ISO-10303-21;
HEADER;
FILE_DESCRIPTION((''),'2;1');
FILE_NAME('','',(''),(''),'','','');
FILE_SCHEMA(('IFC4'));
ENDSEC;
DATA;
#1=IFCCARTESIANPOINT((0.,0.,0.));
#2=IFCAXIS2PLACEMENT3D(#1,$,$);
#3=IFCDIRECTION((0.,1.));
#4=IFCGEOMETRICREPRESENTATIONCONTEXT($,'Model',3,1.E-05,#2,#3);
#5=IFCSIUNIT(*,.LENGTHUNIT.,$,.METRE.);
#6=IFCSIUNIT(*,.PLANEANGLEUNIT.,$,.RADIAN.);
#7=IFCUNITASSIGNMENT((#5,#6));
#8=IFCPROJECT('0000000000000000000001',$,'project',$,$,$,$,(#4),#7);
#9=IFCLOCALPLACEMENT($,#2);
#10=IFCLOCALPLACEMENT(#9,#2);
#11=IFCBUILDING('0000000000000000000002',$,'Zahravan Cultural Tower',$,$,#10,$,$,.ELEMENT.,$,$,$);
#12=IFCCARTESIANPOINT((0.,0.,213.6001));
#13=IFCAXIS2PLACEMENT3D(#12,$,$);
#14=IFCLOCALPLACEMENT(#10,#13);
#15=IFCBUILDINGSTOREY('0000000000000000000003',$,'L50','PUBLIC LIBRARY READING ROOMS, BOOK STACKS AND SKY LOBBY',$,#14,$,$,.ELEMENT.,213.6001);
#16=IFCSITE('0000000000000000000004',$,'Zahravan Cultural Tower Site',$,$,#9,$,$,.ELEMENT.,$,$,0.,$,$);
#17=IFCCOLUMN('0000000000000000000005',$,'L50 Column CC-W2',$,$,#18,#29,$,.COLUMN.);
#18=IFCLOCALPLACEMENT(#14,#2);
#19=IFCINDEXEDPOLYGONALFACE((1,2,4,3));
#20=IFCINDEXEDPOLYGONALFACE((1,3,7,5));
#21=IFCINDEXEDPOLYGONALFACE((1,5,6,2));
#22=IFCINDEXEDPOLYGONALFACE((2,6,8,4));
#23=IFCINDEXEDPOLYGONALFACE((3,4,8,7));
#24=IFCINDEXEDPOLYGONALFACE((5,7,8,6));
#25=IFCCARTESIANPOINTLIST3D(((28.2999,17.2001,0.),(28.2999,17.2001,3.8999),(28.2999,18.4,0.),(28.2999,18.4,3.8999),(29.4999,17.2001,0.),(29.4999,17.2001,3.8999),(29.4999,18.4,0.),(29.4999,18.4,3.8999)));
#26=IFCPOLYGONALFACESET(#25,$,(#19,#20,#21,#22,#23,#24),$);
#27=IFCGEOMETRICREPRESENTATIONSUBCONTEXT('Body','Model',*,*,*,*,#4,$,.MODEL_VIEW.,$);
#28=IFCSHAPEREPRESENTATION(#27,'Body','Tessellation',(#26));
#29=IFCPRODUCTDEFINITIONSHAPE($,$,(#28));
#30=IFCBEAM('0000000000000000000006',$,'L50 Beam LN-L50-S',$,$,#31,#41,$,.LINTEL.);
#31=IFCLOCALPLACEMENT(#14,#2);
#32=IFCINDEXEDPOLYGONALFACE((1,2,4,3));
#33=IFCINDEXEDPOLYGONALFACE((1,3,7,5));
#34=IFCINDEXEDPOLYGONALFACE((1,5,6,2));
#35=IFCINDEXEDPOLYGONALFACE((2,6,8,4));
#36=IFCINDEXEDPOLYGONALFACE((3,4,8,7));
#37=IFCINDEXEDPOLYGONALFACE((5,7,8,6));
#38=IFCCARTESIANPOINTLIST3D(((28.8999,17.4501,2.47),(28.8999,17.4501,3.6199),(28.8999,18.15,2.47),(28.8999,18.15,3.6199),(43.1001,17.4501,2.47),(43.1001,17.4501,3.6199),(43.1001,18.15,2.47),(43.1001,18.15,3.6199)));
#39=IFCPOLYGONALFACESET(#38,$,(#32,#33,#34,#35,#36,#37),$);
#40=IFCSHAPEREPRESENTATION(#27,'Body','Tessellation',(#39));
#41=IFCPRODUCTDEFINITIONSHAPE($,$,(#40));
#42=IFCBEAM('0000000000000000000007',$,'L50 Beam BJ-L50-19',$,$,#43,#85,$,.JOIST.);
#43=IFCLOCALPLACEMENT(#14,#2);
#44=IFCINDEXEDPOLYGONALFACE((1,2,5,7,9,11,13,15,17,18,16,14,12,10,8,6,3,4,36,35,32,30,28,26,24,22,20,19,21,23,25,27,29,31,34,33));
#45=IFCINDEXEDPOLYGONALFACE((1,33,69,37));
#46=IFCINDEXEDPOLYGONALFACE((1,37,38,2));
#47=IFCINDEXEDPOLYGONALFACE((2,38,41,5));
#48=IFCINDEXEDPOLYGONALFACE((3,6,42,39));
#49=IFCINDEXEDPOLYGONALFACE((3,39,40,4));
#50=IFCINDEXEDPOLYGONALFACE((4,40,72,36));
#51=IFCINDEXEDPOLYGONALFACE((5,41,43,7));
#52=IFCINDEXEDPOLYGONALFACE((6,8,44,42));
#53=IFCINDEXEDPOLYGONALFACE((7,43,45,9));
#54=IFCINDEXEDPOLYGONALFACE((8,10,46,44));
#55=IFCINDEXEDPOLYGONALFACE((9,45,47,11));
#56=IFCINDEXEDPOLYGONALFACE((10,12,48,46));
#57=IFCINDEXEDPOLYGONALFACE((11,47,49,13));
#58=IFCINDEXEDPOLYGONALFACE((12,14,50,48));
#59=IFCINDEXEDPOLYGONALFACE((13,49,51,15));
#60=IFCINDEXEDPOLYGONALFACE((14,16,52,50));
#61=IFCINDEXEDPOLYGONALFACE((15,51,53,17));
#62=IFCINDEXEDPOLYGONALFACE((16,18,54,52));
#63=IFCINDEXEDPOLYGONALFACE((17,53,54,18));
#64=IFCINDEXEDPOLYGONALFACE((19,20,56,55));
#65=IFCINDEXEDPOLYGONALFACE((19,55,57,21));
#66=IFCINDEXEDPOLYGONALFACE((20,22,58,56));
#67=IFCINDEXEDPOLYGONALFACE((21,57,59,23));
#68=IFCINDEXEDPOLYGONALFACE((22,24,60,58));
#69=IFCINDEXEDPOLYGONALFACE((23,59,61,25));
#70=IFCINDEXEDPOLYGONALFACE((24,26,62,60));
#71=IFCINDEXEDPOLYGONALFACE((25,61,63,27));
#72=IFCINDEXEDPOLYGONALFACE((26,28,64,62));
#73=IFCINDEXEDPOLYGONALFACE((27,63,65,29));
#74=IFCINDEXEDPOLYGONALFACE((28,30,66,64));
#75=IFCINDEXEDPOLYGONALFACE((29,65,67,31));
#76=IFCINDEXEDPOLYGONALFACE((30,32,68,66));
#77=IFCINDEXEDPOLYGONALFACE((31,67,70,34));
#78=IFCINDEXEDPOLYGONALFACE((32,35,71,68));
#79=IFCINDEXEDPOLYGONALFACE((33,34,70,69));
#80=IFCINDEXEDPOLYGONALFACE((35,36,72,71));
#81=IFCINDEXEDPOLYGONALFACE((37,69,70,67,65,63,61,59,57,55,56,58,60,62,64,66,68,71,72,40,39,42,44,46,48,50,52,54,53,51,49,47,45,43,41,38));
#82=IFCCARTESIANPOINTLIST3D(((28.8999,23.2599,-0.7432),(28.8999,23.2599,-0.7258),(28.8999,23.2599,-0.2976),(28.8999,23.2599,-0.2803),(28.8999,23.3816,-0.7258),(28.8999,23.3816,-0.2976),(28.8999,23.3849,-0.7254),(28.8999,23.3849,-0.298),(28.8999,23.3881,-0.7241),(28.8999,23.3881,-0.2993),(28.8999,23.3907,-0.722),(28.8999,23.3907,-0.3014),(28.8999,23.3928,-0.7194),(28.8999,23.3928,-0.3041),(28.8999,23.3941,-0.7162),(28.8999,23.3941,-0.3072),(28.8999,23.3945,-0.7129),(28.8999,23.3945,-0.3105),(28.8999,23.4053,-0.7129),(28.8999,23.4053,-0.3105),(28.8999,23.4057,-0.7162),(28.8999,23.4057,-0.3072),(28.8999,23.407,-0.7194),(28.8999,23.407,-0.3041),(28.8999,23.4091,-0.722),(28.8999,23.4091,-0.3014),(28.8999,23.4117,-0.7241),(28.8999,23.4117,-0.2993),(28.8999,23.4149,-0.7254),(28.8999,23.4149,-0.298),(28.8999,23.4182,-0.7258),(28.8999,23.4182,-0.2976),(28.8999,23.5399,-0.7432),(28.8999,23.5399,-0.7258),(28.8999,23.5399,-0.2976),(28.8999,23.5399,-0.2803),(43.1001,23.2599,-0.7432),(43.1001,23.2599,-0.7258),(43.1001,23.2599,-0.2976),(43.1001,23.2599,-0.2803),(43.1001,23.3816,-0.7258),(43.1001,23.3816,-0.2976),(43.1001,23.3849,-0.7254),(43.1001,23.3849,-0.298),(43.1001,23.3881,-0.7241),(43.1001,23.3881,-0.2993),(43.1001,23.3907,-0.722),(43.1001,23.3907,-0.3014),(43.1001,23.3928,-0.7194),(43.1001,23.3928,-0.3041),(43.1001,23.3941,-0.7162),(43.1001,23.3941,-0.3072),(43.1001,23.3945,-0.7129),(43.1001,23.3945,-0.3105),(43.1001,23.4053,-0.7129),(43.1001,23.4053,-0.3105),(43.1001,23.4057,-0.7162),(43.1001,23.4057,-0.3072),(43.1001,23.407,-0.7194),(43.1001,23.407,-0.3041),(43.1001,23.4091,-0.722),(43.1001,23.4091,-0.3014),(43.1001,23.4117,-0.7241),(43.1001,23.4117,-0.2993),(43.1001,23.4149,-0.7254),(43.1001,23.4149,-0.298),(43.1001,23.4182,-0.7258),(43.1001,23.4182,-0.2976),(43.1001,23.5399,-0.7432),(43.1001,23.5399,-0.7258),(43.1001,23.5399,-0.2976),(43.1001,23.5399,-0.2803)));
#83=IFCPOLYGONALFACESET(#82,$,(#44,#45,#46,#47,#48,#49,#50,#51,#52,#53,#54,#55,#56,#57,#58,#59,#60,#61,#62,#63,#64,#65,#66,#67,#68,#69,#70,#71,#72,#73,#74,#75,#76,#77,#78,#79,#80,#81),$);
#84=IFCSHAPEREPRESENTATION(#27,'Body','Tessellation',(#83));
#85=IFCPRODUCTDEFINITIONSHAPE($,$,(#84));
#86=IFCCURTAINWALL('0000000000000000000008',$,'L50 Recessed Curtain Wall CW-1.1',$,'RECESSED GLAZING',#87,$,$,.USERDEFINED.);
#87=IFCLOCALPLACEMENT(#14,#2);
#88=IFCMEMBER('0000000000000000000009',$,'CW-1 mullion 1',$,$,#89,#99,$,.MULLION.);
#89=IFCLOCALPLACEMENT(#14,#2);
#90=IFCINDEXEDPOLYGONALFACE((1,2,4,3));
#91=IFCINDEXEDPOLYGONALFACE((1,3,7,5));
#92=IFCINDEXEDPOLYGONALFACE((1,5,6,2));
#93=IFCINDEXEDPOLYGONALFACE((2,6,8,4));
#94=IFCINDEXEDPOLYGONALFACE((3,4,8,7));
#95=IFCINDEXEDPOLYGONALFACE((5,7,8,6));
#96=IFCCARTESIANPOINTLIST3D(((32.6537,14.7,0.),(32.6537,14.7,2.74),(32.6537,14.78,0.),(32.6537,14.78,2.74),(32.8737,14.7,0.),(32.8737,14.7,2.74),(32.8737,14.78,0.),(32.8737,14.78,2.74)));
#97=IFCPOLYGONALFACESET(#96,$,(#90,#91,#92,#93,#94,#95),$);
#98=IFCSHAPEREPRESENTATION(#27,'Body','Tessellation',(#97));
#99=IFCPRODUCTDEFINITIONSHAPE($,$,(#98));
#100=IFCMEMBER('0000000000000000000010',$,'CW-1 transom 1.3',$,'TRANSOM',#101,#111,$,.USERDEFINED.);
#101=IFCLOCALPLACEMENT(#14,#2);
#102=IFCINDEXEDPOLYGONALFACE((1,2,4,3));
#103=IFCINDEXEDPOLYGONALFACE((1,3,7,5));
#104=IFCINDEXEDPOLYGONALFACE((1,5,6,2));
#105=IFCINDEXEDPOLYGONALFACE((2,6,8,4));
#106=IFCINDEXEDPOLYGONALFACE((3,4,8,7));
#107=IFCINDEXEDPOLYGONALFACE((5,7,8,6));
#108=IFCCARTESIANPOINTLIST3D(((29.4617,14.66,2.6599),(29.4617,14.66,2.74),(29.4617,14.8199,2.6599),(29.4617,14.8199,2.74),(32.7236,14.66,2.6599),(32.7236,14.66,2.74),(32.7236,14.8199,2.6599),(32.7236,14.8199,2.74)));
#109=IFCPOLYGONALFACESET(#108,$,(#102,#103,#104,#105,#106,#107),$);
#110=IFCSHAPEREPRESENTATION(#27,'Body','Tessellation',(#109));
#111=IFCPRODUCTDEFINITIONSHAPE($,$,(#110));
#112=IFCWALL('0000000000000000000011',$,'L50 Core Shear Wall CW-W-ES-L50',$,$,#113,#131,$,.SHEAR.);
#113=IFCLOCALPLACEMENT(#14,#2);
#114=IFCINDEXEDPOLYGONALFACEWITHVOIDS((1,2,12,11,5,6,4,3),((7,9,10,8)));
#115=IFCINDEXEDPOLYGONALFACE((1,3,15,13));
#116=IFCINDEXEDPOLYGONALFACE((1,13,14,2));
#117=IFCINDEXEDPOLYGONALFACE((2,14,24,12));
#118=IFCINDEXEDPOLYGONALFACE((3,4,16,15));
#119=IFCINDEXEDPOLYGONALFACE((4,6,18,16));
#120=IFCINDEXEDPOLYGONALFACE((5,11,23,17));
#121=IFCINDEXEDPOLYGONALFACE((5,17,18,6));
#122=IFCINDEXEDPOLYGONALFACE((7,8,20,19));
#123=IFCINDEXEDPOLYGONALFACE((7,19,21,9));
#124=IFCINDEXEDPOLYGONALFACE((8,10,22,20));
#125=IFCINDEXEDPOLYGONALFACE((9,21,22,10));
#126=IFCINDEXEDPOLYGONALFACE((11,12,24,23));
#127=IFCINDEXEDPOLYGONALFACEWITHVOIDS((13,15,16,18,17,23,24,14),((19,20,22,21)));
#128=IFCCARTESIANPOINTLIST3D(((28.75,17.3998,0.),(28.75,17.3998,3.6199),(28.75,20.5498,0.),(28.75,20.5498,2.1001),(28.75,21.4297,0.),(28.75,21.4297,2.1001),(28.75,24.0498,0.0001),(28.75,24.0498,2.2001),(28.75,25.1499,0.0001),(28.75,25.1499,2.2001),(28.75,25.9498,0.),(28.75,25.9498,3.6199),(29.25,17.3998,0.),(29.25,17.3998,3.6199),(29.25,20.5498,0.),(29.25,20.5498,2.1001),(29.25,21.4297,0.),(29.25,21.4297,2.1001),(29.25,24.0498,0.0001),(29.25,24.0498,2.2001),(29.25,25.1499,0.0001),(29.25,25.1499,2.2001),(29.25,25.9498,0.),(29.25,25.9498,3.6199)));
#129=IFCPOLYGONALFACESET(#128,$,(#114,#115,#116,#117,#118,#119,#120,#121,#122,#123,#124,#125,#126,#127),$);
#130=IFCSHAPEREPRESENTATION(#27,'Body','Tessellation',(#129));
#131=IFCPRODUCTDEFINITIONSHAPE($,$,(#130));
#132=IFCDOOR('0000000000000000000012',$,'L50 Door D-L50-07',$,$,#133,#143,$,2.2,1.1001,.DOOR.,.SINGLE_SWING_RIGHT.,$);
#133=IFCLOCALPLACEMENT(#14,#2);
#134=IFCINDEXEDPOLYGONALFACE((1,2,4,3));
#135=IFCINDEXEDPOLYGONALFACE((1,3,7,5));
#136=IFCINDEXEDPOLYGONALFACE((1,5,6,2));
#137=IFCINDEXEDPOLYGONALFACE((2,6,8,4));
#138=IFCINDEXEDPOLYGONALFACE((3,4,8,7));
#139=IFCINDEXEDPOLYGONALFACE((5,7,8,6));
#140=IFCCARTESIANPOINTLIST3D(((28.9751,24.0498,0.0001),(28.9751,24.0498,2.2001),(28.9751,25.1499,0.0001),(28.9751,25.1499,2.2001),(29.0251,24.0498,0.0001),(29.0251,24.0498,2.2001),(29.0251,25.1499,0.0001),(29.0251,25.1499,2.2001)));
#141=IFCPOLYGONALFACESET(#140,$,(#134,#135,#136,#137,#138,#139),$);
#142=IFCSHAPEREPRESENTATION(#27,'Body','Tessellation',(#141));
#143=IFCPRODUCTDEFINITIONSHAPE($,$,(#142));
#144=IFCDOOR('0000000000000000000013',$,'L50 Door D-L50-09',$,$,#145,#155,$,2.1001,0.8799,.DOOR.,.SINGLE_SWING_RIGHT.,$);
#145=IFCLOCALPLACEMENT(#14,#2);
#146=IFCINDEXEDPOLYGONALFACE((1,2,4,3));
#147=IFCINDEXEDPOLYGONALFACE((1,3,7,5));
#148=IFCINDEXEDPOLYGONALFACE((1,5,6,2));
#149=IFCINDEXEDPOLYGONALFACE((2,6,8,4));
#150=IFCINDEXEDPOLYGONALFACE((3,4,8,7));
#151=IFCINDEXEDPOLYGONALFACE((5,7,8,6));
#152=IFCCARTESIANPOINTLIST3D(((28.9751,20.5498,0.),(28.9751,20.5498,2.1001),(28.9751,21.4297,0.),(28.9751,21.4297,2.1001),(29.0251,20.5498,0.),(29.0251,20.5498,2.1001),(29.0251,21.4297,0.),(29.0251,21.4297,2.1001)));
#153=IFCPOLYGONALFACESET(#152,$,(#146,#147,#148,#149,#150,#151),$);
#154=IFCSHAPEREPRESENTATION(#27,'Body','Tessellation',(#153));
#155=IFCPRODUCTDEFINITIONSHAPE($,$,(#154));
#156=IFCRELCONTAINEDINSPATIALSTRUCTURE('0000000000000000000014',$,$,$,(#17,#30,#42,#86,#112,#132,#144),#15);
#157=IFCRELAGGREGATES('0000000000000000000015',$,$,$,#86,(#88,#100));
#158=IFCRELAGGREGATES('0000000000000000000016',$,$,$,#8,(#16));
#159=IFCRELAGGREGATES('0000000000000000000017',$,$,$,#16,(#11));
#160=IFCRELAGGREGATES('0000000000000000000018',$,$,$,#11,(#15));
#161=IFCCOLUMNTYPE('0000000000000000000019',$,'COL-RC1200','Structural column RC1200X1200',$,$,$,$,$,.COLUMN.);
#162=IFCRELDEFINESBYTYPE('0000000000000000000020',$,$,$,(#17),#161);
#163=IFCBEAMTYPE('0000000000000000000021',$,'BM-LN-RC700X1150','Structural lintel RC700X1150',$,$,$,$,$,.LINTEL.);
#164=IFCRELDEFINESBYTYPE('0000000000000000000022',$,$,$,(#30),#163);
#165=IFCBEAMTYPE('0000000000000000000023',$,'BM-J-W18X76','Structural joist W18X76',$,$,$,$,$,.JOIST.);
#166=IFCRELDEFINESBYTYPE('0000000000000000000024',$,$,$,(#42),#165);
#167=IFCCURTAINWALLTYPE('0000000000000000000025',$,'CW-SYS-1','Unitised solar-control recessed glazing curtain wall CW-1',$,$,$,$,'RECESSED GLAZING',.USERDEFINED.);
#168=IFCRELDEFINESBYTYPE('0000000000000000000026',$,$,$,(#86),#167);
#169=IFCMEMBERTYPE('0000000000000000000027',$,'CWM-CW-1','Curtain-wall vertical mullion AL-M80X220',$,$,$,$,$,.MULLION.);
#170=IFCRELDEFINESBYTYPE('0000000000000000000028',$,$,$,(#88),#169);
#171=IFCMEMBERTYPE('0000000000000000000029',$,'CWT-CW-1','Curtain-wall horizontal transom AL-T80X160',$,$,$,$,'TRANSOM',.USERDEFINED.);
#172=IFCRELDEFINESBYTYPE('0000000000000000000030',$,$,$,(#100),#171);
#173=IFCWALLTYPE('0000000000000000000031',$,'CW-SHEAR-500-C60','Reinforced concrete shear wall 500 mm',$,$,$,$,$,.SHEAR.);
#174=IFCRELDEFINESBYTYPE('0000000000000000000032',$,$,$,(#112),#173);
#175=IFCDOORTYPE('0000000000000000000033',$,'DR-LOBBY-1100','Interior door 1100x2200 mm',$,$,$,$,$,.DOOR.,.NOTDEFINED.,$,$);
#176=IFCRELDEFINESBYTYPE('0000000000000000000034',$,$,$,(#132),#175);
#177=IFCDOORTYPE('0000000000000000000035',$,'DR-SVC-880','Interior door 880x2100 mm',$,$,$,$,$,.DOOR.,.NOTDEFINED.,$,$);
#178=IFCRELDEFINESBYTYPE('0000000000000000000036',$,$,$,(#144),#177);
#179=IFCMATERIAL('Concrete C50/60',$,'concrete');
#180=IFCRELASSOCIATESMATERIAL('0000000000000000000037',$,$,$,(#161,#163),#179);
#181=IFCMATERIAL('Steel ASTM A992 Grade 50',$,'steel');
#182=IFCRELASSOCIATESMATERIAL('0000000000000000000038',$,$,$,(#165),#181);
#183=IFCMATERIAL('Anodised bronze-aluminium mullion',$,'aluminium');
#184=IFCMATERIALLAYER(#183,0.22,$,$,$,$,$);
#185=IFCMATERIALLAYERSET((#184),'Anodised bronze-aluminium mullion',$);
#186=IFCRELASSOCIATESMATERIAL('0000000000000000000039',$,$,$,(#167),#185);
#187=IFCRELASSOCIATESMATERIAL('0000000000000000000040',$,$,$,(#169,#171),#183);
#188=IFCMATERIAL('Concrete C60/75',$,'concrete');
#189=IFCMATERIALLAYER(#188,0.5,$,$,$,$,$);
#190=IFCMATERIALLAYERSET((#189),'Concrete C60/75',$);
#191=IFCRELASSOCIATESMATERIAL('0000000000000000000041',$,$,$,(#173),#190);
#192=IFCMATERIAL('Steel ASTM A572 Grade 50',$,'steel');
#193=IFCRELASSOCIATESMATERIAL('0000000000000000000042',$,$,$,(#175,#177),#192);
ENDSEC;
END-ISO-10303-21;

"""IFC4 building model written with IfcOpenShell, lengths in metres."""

from ifc_helpers import new_model, si_unit, direction, frame, frame_2d, origin, origin_2d, place, context, subcontext, project, spatial, rectangle, i_section, extrude, source, transform, mapped, material, layer, layer_set, material_profile, profile_set, type_object, element, fill, aggregate, save


model = new_model("IFC4")

# Units and contexts
model_context = context("Model", 3, precision=1e-05, world=origin(), true_north=direction((0.0, 1.0)))
body_context = subcontext(model_context, "Body", "Model", "MODEL_VIEW")
ifc_project = project(units=[si_unit("LENGTHUNIT", "METRE"), si_unit("PLANEANGLEUNIT", "RADIAN")], contexts=[model_context])

# Site, building, storey
site_placement = place(None, origin())
site = spatial("IfcSite", under=ifc_project, at=site_placement, Name="Zahravan Cultural Tower Site", CompositionType="ELEMENT", RefElevation=0.0)
building_placement = place(site_placement, origin())
building = spatial("IfcBuilding", under=site, at=building_placement, Name="Zahravan Cultural Tower", CompositionType="ELEMENT")
storey_placement = place(building_placement, frame((0.0, 0.0, 213.6001)))
storey = spatial("IfcBuildingStorey", under=building, at=storey_placement, Name="L50", Description="PUBLIC LIBRARY READING ROOMS, BOOK STACKS AND SKY LOBBY", CompositionType="ELEMENT", Elevation=213.6001)

# Column
ifc_material_1 = material(Name="Concrete C50/60", Category="concrete")
ifc_material_profile_1 = material_profile(ifc_material_1, rectangle(XDim=1.2, YDim=1.2, at=origin_2d()), Name="RC1200X1200")
ifc_profile_set_1 = profile_set([ifc_material_profile_1], Name="Concrete C50/60")
column_type = type_object("IfcColumnType", Name="COL-RC1200", Description="Structural column RC1200X1200", PredefinedType="COLUMN", material=ifc_profile_set_1)
shared_shape_1 = source(origin(), body_context, "Body", "SweptSolid", [
    extrude(rectangle(XDim=1.2, YDim=1.2, at=origin_2d()), origin(), (0.0, 0.0, 1.0), 3.8999),
])
column_placement = place(storey_placement, frame((28.8999, 17.8, 0.0), z_axis=(0.0, 0.0, 1.0), x_axis=(1.0, 0.0, 0.0)))
element("IfcColumn", 1, at=column_placement, inside=storey, type_object=column_type, Name="L50 Column CC-W2", PredefinedType="COLUMN", context=body_context, shape_type="MappedRepresentation", body=[
    mapped(shared_shape_1, transform((0.0, 0.0, 0.0), x_axis=(1.0, 0.0, 0.0), y_axis=(0.0, 1.0, 0.0), z_axis=(0.0, 0.0, 1.0), scale=1.0)),
])

# Beams
ifc_material_profile_2 = material_profile(ifc_material_1, rectangle(XDim=0.7, YDim=1.1499, at=origin_2d()), Name="RC700X1150")
ifc_profile_set_2 = profile_set([ifc_material_profile_2], Name="Concrete C50/60")
beam_type_1 = type_object("IfcBeamType", Name="BM-LN-RC700X1150", Description="Structural lintel RC700X1150", PredefinedType="LINTEL", material=ifc_profile_set_2)
shared_shape_2 = source(origin(), body_context, "Body", "SweptSolid", [
    extrude(rectangle(XDim=0.7, YDim=1.1499, at=origin_2d()), origin(), (0.0, 0.0, 1.0), 14.2002),
])
beam_1_placement = place(storey_placement, frame((28.8999, 17.8, 3.0449), z_axis=(1.0, 0.0, 0.0), x_axis=(0.0, 1.0, 0.0)))
element("IfcBeam", 2, at=beam_1_placement, inside=storey, type_object=beam_type_1, Name="L50 Beam LN-L50-S", PredefinedType="LINTEL", context=body_context, shape_type="MappedRepresentation", body=[
    mapped(shared_shape_2, transform((0.0, 0.0, 0.0), x_axis=(1.0, 0.0, 0.0), y_axis=(0.0, 1.0, 0.0), z_axis=(0.0, 0.0, 1.0), scale=1.0)),
])
ifc_material_2 = material(Name="Steel ASTM A992 Grade 50", Category="steel")
ifc_material_profile_3 = material_profile(ifc_material_2, i_section(OverallWidth=0.28, OverallDepth=0.4629, WebThickness=0.0107, FlangeThickness=0.0173, FilletRadius=0.0129, at=origin_2d()), Name="W18X76")
ifc_profile_set_3 = profile_set([ifc_material_profile_3], Name="Steel ASTM A992 Grade 50")
beam_type_2 = type_object("IfcBeamType", Name="BM-J-W18X76", Description="Structural joist W18X76", PredefinedType="JOIST", material=ifc_profile_set_3)
shared_shape_3 = source(origin(), body_context, "Body", "SweptSolid", [
    extrude(i_section(OverallWidth=0.28, OverallDepth=0.4629, WebThickness=0.0107, FlangeThickness=0.0173, FilletRadius=0.0129, at=origin_2d()), origin(), (0.0, 0.0, 1.0), 14.2002),
])
beam_2_placement = place(storey_placement, frame((28.8999, 23.3999, -0.5117), z_axis=(1.0, 0.0, 0.0), x_axis=(0.0, 1.0, 0.0)))
element("IfcBeam", 3, at=beam_2_placement, inside=storey, type_object=beam_type_2, Name="L50 Beam BJ-L50-19", PredefinedType="JOIST", context=body_context, shape_type="MappedRepresentation", body=[
    mapped(shared_shape_3, transform((0.0, 0.0, 0.0), x_axis=(1.0, 0.0, 0.0), y_axis=(0.0, 1.0, 0.0), z_axis=(0.0, 0.0, 1.0), scale=1.0)),
])

# Curtain wall, members
ifc_material_3 = material(Name="Anodised bronze-aluminium mullion", Category="aluminium")
ifc_layer_1 = layer(ifc_material_3, 0.22)
ifc_layer_set_1 = layer_set([ifc_layer_1], Name="Anodised bronze-aluminium mullion")
curtain_wall_type = type_object("IfcCurtainWallType", Name="CW-SYS-1", Description="Unitised solar-control recessed glazing curtain wall CW-1", ElementType="RECESSED GLAZING", PredefinedType="USERDEFINED", material=ifc_layer_set_1)
curtain_wall_placement = place(storey_placement, origin())
curtain_wall = element("IfcCurtainWall", 4, at=curtain_wall_placement, inside=storey, type_object=curtain_wall_type, Name="L50 Recessed Curtain Wall CW-1.1", ObjectType="RECESSED GLAZING", PredefinedType="USERDEFINED")
ifc_material_profile_4 = material_profile(ifc_material_3, rectangle(XDim=0.0801, YDim=0.22, at=origin_2d()), Name="AL-M80X220")
ifc_profile_set_4 = profile_set([ifc_material_profile_4], Name="Anodised bronze-aluminium mullion")
member_type_1 = type_object("IfcMemberType", Name="CWM-CW-1", Description="Curtain-wall vertical mullion AL-M80X220", PredefinedType="MULLION", material=ifc_profile_set_4)
shared_shape_4 = source(origin(), body_context, "Body", "SweptSolid", [
    extrude(rectangle(XDim=0.0801, YDim=0.22, at=origin_2d()), origin(), (0.0, 0.0, 1.0), 2.74),
])
member_1_placement = place(storey_placement, frame((32.7637, 14.74, 0.0), z_axis=(0.0, 0.0, 1.0), x_axis=(0.0, -1.0, 0.0)))
member_1 = element("IfcMember", 5, at=member_1_placement, type_object=member_type_1, Name="CW-1 mullion 1", PredefinedType="MULLION", context=body_context, shape_type="MappedRepresentation", body=[
    mapped(shared_shape_4, transform((0.0, 0.0, 0.0), x_axis=(1.0, 0.0, 0.0), y_axis=(0.0, 1.0, 0.0), z_axis=(0.0, 0.0, 1.0), scale=1.0)),
])
ifc_material_profile_5 = material_profile(ifc_material_3, rectangle(XDim=0.1599, YDim=0.0801, at=origin_2d()), Name="AL-T80X160")
ifc_profile_set_5 = profile_set([ifc_material_profile_5], Name="Anodised bronze-aluminium mullion")
member_type_2 = type_object("IfcMemberType", Name="CWT-CW-1", Description="Curtain-wall horizontal transom AL-T80X160", ElementType="TRANSOM", PredefinedType="USERDEFINED", material=ifc_profile_set_5)
shared_shape_5 = source(origin(), body_context, "Body", "SweptSolid", [
    extrude(rectangle(XDim=0.1599, YDim=0.0801, at=origin_2d()), origin(), (0.0, 0.0, 1.0), 3.262),
])
member_2_placement = place(storey_placement, frame((32.7236, 14.74, 2.7), z_axis=(-1.0, 0.0, 0.0), x_axis=(0.0, -1.0, 0.0)))
member_2 = element("IfcMember", 6, at=member_2_placement, type_object=member_type_2, Name="CW-1 transom 1.3", ObjectType="TRANSOM", PredefinedType="USERDEFINED", context=body_context, shape_type="MappedRepresentation", body=[
    mapped(shared_shape_5, transform((0.0, 0.0, 0.0), x_axis=(1.0, 0.0, 0.0), y_axis=(0.0, 1.0, 0.0), z_axis=(0.0, 0.0, 1.0), scale=1.0)),
])
aggregate(curtain_wall, [member_1, member_2])

# Wall, openings, doors
ifc_material_4 = material(Name="Concrete C60/75", Category="concrete")
ifc_layer_2 = layer(ifc_material_4, 0.5)
ifc_layer_set_2 = layer_set([ifc_layer_2], Name="Concrete C60/75")
wall_type_1 = type_object("IfcWallType", Name="CW-SHEAR-500-C60", Description="Reinforced concrete shear wall 500 mm", PredefinedType="SHEAR", material=ifc_layer_set_2)
wall_1_placement = place(storey_placement, frame((29.0, 17.3999, 0.0), z_axis=(0.0, 0.0, 1.0), x_axis=(0.0, 1.0, 0.0)))
wall_1 = element("IfcWall", 7, at=wall_1_placement, inside=storey, type_object=wall_type_1, Name="L50 Core Shear Wall CW-W-ES-L50", PredefinedType="SHEAR", context=body_context, shape_type="SweptSolid", body=[
    extrude(rectangle(XDim=8.55, YDim=0.5, at=frame_2d((4.2749, 0.0))), origin(), (0.0, 0.0, 1.0), 3.6199),
])
opening_1_placement = place(wall_1_placement, frame((6.6499, 0.0, 0.0)))
opening_1 = element("IfcOpeningElement", 8, at=opening_1_placement, cuts=wall_1, PredefinedType="OPENING", context=body_context, shape_type="SweptSolid", body=[
    extrude(rectangle(XDim=1.1001, YDim=2.2, at=frame_2d((0.55, 1.1001))), frame((0.0, 0.26, 0.0), z_axis=(0.0, -1.0, 0.0), x_axis=(1.0, 0.0, 0.0)), (0.0, 0.0, 1.0), 0.52),
])
opening_2_placement = place(wall_1_placement, frame((3.1499, 0.0, 0.0)))
opening_2 = element("IfcOpeningElement", 9, at=opening_2_placement, cuts=wall_1, PredefinedType="OPENING", context=body_context, shape_type="SweptSolid", body=[
    extrude(rectangle(XDim=0.8799, YDim=2.1001, at=frame_2d((0.4399, 1.05))), frame((0.0, 0.26, 0.0), z_axis=(0.0, -1.0, 0.0), x_axis=(1.0, 0.0, 0.0)), (0.0, 0.0, 1.0), 0.52),
])
ifc_material_5 = material(Name="Steel ASTM A572 Grade 50", Category="steel")
door_type_1 = type_object("IfcDoorType", Name="DR-LOBBY-1100", Description="Interior door 1100x2200 mm", OperationType="NOTDEFINED", PredefinedType="DOOR", material=ifc_material_5)
shared_shape_6 = source(origin(), body_context, "Body", "SweptSolid", [
    extrude(rectangle(XDim=1.1001, YDim=2.2, at=frame_2d((0.55, 1.1001))), frame((0.0, 0.0249, 0.0), z_axis=(0.0, -1.0, 0.0), x_axis=(1.0, 0.0, 0.0)), (0.0, 0.0, 1.0), 0.05),
])
door_1_placement = place(opening_1_placement, origin())
door_1 = element("IfcDoor", 10, at=door_1_placement, inside=storey, type_object=door_type_1, Name="L50 Door D-L50-07", OperationType="SINGLE_SWING_RIGHT", OverallHeight=2.2, OverallWidth=1.1001, PredefinedType="DOOR", context=body_context, shape_type="MappedRepresentation", body=[
    mapped(shared_shape_6, transform((0.0, 0.0, 0.0), x_axis=(1.0, 0.0, 0.0), y_axis=(0.0, 1.0, 0.0), z_axis=(0.0, 0.0, 1.0), scale=1.0)),
])
fill(opening_1, door_1)
door_type_2 = type_object("IfcDoorType", Name="DR-SVC-880", Description="Interior door 880x2100 mm", OperationType="NOTDEFINED", PredefinedType="DOOR", material=ifc_material_5)
shared_shape_7 = source(origin(), body_context, "Body", "SweptSolid", [
    extrude(rectangle(XDim=0.8799, YDim=2.1001, at=frame_2d((0.4399, 1.05))), frame((0.0, 0.0249, 0.0), z_axis=(0.0, -1.0, 0.0), x_axis=(1.0, 0.0, 0.0)), (0.0, 0.0, 1.0), 0.05),
])
door_2_placement = place(opening_2_placement, origin())
door_2 = element("IfcDoor", 11, at=door_2_placement, inside=storey, type_object=door_type_2, Name="L50 Door D-L50-09", OperationType="SINGLE_SWING_RIGHT", OverallHeight=2.1001, OverallWidth=0.8799, PredefinedType="DOOR", context=body_context, shape_type="MappedRepresentation", body=[
    mapped(shared_shape_7, transform((0.0, 0.0, 0.0), x_axis=(1.0, 0.0, 0.0), y_axis=(0.0, 1.0, 0.0), z_axis=(0.0, 0.0, 1.0), scale=1.0)),
])
fill(opening_2, door_2)

save(model, "model.ifc")
